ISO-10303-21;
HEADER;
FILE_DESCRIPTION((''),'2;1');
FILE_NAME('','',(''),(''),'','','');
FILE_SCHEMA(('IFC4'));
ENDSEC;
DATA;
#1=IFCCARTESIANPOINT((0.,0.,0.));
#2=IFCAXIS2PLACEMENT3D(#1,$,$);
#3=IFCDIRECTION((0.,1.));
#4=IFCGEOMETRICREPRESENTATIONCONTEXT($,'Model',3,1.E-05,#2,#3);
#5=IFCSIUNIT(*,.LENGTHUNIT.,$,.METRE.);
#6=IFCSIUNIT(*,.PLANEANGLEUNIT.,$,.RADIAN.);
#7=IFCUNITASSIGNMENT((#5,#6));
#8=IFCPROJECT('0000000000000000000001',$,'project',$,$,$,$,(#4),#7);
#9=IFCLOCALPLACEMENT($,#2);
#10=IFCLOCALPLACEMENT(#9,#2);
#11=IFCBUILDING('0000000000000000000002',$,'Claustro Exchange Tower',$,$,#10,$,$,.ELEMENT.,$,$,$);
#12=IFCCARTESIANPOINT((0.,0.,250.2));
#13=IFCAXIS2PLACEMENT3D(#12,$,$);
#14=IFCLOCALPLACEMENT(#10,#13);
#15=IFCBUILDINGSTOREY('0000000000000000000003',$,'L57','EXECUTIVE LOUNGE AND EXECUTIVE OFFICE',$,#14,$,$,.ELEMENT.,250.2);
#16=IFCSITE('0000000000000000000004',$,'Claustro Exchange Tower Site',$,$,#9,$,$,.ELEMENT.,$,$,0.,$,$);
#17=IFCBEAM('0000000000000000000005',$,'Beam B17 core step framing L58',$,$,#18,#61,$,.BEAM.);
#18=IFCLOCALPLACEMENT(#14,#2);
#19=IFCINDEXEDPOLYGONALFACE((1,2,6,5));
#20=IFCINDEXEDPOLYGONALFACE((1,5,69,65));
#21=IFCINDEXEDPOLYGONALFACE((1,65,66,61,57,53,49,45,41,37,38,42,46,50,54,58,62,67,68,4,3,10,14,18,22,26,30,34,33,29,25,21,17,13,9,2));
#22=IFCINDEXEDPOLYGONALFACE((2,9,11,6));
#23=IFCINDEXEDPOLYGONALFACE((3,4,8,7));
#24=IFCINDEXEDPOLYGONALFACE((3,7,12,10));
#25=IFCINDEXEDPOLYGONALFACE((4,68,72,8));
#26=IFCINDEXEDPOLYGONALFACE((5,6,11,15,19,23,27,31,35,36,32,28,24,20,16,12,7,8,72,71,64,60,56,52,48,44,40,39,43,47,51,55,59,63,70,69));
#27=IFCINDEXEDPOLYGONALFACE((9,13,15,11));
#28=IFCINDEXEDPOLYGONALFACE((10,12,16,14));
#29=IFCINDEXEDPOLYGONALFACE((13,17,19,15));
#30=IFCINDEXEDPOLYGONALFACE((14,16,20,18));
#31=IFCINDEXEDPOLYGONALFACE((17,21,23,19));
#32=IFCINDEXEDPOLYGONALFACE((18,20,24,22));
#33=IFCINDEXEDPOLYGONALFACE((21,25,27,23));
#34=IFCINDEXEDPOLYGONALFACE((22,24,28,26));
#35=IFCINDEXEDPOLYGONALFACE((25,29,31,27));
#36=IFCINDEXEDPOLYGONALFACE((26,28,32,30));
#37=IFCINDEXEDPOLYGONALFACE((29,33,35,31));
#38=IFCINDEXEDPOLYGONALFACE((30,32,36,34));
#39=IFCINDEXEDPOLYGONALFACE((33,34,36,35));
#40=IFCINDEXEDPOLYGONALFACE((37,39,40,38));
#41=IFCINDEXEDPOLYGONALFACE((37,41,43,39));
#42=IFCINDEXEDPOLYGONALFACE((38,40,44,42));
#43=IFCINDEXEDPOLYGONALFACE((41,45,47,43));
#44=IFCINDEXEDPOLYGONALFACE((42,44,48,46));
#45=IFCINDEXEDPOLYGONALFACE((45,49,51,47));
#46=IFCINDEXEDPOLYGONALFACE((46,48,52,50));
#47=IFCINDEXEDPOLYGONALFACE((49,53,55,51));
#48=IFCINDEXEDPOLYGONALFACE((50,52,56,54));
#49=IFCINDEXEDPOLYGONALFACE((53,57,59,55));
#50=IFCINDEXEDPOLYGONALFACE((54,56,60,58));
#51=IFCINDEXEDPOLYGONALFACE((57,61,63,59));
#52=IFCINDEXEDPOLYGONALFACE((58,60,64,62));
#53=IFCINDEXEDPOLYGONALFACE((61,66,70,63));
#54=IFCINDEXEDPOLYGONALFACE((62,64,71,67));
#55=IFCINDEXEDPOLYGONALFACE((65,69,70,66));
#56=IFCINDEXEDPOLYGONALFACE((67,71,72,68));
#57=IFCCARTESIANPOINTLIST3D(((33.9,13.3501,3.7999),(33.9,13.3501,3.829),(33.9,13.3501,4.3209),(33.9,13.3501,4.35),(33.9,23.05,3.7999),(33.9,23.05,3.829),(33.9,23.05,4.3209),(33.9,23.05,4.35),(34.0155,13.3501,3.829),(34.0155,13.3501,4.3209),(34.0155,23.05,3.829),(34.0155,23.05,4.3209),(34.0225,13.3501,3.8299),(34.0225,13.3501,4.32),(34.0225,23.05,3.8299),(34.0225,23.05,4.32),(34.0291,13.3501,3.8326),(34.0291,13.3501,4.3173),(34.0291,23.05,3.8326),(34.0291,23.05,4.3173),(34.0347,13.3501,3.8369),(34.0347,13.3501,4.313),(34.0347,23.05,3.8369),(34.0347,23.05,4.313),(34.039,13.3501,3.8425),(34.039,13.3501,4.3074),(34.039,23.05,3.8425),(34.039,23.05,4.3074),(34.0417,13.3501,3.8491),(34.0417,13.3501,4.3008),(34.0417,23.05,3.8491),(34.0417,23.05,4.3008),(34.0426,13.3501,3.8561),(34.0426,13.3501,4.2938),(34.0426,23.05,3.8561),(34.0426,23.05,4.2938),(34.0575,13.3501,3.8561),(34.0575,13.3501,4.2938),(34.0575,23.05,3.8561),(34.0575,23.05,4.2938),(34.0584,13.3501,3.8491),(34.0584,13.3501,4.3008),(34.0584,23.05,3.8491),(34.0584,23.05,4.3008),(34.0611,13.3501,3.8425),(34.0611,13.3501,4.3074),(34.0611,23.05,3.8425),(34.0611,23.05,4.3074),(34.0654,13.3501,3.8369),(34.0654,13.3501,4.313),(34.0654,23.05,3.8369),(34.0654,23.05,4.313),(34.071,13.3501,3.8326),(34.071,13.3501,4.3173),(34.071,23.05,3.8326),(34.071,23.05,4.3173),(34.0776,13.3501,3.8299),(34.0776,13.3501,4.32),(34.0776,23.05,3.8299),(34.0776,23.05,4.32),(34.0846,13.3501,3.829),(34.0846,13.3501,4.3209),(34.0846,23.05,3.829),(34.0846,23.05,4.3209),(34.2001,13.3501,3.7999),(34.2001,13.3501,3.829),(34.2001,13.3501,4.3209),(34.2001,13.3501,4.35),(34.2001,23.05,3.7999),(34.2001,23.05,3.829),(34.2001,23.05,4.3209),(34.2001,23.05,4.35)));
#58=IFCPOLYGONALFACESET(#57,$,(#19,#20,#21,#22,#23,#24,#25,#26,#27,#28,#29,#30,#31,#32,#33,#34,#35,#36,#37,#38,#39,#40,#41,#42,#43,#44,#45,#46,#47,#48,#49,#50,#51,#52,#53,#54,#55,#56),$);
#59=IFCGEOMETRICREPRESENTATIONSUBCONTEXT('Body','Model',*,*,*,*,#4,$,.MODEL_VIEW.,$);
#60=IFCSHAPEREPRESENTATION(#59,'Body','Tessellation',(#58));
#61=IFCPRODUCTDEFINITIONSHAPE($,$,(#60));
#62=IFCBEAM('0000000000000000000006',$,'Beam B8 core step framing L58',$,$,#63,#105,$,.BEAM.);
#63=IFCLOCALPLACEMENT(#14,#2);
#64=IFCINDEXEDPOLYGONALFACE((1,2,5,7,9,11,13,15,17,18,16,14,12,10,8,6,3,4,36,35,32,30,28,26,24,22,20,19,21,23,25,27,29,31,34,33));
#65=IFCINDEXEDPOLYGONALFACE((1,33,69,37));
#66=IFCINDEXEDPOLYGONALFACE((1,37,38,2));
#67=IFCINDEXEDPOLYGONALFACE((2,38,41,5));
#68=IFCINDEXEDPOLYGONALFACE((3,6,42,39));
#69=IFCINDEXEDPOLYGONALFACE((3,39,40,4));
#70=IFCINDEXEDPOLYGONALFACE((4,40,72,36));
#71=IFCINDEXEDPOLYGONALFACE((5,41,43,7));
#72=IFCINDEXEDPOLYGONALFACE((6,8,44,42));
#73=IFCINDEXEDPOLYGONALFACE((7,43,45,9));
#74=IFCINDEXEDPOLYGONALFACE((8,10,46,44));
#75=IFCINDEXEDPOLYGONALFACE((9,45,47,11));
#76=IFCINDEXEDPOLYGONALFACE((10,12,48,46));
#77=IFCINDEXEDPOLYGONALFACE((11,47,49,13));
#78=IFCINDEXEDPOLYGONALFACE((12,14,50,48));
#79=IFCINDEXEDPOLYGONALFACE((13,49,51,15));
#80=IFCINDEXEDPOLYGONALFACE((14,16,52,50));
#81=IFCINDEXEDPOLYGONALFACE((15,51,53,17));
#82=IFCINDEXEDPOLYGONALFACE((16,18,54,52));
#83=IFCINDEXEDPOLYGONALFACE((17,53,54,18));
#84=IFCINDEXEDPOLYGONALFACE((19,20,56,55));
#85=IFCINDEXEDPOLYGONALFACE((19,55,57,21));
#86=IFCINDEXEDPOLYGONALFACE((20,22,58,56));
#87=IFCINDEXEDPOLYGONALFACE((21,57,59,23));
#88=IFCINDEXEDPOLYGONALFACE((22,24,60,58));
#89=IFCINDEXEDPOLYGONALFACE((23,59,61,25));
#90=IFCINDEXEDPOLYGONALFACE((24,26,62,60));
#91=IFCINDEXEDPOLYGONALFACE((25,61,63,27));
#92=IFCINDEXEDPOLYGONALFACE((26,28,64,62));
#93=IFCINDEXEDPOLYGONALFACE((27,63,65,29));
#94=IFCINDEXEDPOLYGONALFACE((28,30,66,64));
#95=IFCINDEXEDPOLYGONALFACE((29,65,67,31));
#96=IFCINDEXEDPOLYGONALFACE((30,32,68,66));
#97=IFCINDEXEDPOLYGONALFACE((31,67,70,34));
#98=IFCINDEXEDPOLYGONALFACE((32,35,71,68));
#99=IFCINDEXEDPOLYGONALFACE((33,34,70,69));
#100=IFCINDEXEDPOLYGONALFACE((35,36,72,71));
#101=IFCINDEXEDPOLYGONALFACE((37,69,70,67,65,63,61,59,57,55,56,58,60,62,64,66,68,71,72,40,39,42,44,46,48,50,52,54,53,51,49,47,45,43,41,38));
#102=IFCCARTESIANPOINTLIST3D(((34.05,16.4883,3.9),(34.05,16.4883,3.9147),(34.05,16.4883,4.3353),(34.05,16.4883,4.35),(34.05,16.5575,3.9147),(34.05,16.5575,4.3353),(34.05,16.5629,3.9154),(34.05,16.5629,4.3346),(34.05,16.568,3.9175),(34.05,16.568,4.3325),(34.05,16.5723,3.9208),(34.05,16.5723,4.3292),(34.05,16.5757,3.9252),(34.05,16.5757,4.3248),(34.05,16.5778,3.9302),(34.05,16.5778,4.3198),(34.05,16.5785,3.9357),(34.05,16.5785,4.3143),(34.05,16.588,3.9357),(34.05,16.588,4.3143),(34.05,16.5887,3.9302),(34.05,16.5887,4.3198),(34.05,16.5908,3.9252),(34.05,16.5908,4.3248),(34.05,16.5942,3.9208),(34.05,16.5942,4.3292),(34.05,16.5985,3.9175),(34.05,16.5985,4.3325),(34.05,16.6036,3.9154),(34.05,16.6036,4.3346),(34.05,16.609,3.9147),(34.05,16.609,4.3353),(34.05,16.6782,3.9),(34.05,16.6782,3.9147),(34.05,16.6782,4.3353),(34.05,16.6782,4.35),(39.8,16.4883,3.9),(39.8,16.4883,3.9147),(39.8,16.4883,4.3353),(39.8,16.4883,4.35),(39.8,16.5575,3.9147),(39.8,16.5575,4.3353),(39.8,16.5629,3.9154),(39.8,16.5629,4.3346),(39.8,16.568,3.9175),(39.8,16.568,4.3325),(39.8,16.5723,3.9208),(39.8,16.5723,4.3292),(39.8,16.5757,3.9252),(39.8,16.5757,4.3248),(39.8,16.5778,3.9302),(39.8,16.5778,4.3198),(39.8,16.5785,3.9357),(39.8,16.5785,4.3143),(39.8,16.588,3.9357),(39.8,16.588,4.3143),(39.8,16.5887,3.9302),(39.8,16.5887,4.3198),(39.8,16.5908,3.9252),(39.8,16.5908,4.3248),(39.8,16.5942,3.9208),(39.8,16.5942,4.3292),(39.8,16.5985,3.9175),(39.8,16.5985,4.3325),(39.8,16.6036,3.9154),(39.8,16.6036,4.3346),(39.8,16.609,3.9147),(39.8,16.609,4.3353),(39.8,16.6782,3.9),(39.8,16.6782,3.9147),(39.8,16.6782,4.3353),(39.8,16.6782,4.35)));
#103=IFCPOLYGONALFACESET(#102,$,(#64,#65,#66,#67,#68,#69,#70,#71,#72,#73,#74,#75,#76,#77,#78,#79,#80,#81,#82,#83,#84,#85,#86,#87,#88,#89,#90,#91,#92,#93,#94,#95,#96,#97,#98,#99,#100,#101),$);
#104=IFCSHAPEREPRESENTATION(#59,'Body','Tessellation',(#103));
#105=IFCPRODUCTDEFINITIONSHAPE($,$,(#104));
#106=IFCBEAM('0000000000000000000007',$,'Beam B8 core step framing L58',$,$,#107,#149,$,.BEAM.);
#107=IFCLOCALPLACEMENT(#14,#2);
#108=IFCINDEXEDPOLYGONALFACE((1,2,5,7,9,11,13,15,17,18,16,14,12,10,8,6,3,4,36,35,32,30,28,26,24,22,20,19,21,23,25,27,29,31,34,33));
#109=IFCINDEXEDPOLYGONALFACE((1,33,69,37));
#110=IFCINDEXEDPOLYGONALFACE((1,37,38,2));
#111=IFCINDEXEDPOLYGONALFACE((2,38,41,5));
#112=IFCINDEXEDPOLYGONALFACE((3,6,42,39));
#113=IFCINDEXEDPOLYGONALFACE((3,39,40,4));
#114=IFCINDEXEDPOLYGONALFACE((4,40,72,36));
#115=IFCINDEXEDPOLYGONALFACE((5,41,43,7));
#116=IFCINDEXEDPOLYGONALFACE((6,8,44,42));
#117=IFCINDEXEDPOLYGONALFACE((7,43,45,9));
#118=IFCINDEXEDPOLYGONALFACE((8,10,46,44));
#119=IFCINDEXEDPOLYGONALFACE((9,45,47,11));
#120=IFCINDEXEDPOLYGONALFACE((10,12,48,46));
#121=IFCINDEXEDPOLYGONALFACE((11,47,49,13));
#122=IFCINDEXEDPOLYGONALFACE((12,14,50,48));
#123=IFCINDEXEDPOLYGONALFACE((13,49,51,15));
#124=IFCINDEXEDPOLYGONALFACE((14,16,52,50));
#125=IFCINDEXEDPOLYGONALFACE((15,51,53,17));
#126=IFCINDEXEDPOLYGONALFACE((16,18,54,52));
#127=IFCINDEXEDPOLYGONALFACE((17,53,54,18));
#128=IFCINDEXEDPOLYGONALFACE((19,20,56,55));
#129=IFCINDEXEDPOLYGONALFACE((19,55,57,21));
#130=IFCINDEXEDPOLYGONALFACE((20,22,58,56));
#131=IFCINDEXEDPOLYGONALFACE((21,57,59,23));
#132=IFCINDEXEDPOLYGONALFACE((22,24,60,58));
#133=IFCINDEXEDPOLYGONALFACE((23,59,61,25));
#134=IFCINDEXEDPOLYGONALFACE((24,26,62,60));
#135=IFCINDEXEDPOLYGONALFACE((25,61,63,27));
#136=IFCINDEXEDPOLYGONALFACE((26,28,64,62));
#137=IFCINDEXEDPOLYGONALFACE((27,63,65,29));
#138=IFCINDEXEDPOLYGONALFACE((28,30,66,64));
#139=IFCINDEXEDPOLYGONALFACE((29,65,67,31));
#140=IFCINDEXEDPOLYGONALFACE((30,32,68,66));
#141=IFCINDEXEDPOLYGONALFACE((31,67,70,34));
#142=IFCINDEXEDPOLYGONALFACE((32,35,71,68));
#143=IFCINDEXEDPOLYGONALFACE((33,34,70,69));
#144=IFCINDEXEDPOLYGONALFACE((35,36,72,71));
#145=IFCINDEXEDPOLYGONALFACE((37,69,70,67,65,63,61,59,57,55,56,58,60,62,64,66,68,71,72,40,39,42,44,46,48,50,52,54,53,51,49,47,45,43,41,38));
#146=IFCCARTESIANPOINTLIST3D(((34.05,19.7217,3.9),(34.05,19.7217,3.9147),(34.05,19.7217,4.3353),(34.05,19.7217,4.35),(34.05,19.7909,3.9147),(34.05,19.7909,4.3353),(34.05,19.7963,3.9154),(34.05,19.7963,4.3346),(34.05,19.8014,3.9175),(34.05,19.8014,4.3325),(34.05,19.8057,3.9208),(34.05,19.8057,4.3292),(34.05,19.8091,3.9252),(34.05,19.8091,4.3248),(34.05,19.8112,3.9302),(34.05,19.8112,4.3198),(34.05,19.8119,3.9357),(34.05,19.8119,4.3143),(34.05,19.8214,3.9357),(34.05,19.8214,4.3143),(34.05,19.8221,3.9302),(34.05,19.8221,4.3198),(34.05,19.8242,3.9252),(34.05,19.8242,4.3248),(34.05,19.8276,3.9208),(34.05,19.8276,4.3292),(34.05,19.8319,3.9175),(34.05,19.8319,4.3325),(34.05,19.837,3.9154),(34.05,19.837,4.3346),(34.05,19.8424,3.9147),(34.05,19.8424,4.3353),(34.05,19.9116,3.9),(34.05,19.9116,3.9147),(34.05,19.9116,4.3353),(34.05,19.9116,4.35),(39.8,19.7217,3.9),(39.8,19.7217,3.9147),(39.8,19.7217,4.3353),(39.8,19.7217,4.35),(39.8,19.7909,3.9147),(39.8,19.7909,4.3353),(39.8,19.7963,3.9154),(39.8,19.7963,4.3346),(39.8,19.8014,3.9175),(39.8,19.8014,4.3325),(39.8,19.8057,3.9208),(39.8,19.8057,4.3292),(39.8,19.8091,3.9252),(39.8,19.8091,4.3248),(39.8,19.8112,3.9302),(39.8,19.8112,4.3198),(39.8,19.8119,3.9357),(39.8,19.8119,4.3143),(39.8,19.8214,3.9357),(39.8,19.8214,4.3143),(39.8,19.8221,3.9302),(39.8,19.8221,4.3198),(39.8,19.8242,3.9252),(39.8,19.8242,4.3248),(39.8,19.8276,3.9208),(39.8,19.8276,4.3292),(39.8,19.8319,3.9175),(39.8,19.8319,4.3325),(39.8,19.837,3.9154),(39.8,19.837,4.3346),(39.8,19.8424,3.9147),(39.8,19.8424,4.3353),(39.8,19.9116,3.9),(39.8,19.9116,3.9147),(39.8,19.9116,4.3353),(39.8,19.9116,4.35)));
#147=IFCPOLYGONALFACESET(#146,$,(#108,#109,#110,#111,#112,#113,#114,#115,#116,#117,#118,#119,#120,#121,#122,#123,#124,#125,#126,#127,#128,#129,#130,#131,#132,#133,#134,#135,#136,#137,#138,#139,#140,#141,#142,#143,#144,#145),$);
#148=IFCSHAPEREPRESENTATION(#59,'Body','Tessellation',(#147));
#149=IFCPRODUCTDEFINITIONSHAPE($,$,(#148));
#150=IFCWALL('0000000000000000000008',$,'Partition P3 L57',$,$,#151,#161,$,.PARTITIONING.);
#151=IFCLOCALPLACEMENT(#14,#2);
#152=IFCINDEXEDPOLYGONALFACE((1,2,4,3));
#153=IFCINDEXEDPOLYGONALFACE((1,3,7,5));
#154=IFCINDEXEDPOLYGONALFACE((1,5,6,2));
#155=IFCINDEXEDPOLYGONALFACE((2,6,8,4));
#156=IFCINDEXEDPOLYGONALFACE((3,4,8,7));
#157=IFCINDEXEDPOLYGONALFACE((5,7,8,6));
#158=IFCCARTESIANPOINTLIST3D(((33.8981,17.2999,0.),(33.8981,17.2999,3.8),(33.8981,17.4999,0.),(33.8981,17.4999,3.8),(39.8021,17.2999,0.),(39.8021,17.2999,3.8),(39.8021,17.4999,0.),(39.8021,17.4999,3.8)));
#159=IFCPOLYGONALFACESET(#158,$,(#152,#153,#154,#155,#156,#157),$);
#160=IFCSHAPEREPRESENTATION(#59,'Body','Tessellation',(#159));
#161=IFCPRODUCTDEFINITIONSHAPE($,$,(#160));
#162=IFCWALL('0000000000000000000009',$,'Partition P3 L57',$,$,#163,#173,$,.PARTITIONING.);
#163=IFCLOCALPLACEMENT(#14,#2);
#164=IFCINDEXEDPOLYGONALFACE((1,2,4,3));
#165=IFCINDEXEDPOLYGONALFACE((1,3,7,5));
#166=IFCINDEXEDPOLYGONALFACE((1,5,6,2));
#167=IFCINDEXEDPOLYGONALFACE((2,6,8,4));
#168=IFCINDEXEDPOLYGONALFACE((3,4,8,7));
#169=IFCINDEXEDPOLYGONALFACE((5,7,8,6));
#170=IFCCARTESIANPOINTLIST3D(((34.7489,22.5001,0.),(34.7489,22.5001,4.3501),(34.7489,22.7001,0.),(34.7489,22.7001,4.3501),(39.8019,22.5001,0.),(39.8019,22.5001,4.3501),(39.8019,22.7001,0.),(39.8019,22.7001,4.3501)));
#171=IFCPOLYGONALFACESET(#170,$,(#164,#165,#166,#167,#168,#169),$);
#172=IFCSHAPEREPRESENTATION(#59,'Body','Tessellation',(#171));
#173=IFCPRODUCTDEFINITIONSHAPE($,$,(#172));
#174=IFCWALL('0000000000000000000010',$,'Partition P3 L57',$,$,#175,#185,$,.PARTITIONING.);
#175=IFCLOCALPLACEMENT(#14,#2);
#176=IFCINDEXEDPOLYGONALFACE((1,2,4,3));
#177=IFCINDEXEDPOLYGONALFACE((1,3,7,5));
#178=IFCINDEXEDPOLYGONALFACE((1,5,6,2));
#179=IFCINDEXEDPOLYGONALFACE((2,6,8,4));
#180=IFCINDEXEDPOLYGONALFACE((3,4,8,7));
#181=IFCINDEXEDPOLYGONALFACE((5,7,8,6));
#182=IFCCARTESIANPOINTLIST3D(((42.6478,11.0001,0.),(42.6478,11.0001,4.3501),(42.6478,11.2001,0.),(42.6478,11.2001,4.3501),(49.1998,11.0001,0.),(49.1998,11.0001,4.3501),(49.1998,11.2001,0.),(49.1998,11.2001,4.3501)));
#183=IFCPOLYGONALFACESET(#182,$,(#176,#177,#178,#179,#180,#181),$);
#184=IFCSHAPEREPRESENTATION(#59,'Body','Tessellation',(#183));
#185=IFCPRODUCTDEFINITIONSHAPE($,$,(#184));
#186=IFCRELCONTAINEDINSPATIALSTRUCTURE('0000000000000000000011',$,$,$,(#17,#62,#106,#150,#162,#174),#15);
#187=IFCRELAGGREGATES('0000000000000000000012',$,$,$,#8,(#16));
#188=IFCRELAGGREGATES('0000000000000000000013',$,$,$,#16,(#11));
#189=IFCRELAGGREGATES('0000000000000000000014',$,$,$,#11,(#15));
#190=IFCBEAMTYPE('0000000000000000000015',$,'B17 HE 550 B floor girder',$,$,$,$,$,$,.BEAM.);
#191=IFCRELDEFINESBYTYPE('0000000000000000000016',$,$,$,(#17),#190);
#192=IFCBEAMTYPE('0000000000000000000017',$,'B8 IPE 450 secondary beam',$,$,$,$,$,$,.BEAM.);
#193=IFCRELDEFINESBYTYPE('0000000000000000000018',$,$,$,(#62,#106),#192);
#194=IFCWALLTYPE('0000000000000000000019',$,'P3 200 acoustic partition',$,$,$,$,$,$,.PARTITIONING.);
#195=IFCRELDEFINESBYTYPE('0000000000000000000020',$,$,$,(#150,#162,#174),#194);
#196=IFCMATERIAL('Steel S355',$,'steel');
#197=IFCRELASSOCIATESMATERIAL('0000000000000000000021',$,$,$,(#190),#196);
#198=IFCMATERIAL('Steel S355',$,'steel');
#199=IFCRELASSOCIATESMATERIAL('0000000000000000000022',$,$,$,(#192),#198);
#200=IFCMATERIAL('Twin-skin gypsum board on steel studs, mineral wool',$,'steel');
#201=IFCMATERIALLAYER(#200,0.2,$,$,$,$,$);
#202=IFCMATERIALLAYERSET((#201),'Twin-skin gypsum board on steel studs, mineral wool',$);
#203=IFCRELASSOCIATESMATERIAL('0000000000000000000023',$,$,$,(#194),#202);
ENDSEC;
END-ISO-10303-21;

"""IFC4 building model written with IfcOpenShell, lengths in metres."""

from ifc_helpers import new_model, si_unit, direction, frame, frame_2d, origin, origin_2d, place, context, subcontext, project, spatial, rectangle, i_section, extrude, material, layer, layer_set, material_profile, profile_set, type_object, element, save


model = new_model("IFC4")

# Units and contexts
model_context = context("Model", 3, precision=1e-05, world=origin(), true_north=direction((0.0, 1.0)))
body_context = subcontext(model_context, "Body", "Model", "MODEL_VIEW")
ifc_project = project(units=[si_unit("LENGTHUNIT", "METRE"), si_unit("PLANEANGLEUNIT", "RADIAN")], contexts=[model_context])

# Site, building, storey
site_placement = place(None, origin())
site = spatial("IfcSite", under=ifc_project, at=site_placement, Name="Claustro Exchange Tower Site", CompositionType="ELEMENT", RefElevation=0.0)
building_placement = place(site_placement, origin())
building = spatial("IfcBuilding", under=site, at=building_placement, Name="Claustro Exchange Tower", CompositionType="ELEMENT")
storey_placement = place(building_placement, frame((0.0, 0.0, 250.2)))
storey = spatial("IfcBuildingStorey", under=building, at=storey_placement, Name="L57", Description="EXECUTIVE LOUNGE AND EXECUTIVE OFFICE", CompositionType="ELEMENT", Elevation=250.2)

# Beams
ifc_material_1 = material(Name="Steel S355", Category="steel")
ifc_material_profile_1 = material_profile(ifc_material_1, i_section(OverallWidth=0.3, OverallDepth=0.55, WebThickness=0.0149, FlangeThickness=0.0291, FilletRadius=0.0271, at=origin_2d()), Name="HE 550 B")
ifc_profile_set_1 = profile_set([ifc_material_profile_1], Name="Steel S355")
beam_type_1 = type_object("IfcBeamType", Name="B17 HE 550 B floor girder", PredefinedType="BEAM", material=ifc_profile_set_1)
beam_1_placement = place(storey_placement, frame((34.05, 13.3501, 4.075), z_axis=(0.0, 1.0, 0.0), x_axis=(-1.0, 0.0, 0.0)))
element("IfcBeam", 1, at=beam_1_placement, inside=storey, type_object=beam_type_1, Name="Beam B17 core step framing L58", PredefinedType="BEAM", context=body_context, shape_type="SweptSolid", body=[
    extrude(i_section(OverallWidth=0.3, OverallDepth=0.55, WebThickness=0.0149, FlangeThickness=0.0291, FilletRadius=0.0271, at=origin_2d()), origin(), (0.0, 0.0, 1.0), 9.7),
])
ifc_material_2 = material(Name="Steel S355", Category="steel")
ifc_material_profile_2 = material_profile(ifc_material_2, i_section(OverallWidth=0.1899, OverallDepth=0.45, WebThickness=0.0095, FlangeThickness=0.0146, FilletRadius=0.021, at=origin_2d()), Name="IPE 450")
ifc_profile_set_2 = profile_set([ifc_material_profile_2], Name="Steel S355")
beam_type_2 = type_object("IfcBeamType", Name="B8 IPE 450 secondary beam", PredefinedType="BEAM", material=ifc_profile_set_2)
for number, where, z_axis, x_axis, name in (
    (2, (34.05, 16.5833, 4.125), (1.0, 0.0, 0.0), (0.0, 1.0, 0.0), "Beam B8 core step framing L58"),
    (3, (34.05, 19.8167, 4.125), (1.0, 0.0, 0.0), (0.0, 1.0, 0.0), "Beam B8 core step framing L58"),
):
    element("IfcBeam", number, at=place(storey_placement, frame(where, z_axis=z_axis, x_axis=x_axis)), inside=storey, type_object=beam_type_2, Name=name, PredefinedType="BEAM", context=body_context, shape_type="SweptSolid", body=[
        extrude(i_section(OverallWidth=0.1899, OverallDepth=0.45, WebThickness=0.0095, FlangeThickness=0.0146, FilletRadius=0.021, at=origin_2d()), origin(), (0.0, 0.0, 1.0), 5.75),
    ])

# Walls
ifc_material_3 = material(Name="Twin-skin gypsum board on steel studs, mineral wool", Category="steel")
ifc_layer_1 = layer(ifc_material_3, 0.2)
ifc_layer_set_1 = layer_set([ifc_layer_1], Name="Twin-skin gypsum board on steel studs, mineral wool")
wall_type_1 = type_object("IfcWallType", Name="P3 200 acoustic partition", PredefinedType="PARTITIONING", material=ifc_layer_set_1)
wall_1_placement = place(storey_placement, frame((33.8979, 17.3999, 0.0), z_axis=(0.0, 0.0, 1.0), x_axis=(1.0, 0.0, 0.0)))
element("IfcWall", 4, at=wall_1_placement, inside=storey, type_object=wall_type_1, Name="Partition P3 L57", PredefinedType="PARTITIONING", context=body_context, shape_type="SweptSolid", body=[
    extrude(rectangle(XDim=5.9041, YDim=0.2, at=frame_2d((2.9521, 0.0))), origin(), (0.0, 0.0, 1.0), 3.8),
])
wall_2_placement = place(storey_placement, frame((34.749, 22.6001, 0.0), z_axis=(0.0, 0.0, 1.0), x_axis=(1.0, 0.0, 0.0)))
element("IfcWall", 5, at=wall_2_placement, inside=storey, type_object=wall_type_1, Name="Partition P3 L57", PredefinedType="PARTITIONING", context=body_context, shape_type="SweptSolid", body=[
    extrude(rectangle(XDim=5.053, YDim=0.2, at=frame_2d((2.5264, 0.0))), origin(), (0.0, 0.0, 1.0), 4.3501),
])
wall_3_placement = place(storey_placement, frame((42.6479, 11.1001, 0.0), z_axis=(0.0, 0.0, 1.0), x_axis=(1.0, 0.0, 0.0)))
element("IfcWall", 6, at=wall_3_placement, inside=storey, type_object=wall_type_1, Name="Partition P3 L57", PredefinedType="PARTITIONING", context=body_context, shape_type="SweptSolid", body=[
    extrude(rectangle(XDim=6.552, YDim=0.2, at=frame_2d((3.2759, 0.0))), origin(), (0.0, 0.0, 1.0), 4.3501),
])

save(model, "model.ifc")
